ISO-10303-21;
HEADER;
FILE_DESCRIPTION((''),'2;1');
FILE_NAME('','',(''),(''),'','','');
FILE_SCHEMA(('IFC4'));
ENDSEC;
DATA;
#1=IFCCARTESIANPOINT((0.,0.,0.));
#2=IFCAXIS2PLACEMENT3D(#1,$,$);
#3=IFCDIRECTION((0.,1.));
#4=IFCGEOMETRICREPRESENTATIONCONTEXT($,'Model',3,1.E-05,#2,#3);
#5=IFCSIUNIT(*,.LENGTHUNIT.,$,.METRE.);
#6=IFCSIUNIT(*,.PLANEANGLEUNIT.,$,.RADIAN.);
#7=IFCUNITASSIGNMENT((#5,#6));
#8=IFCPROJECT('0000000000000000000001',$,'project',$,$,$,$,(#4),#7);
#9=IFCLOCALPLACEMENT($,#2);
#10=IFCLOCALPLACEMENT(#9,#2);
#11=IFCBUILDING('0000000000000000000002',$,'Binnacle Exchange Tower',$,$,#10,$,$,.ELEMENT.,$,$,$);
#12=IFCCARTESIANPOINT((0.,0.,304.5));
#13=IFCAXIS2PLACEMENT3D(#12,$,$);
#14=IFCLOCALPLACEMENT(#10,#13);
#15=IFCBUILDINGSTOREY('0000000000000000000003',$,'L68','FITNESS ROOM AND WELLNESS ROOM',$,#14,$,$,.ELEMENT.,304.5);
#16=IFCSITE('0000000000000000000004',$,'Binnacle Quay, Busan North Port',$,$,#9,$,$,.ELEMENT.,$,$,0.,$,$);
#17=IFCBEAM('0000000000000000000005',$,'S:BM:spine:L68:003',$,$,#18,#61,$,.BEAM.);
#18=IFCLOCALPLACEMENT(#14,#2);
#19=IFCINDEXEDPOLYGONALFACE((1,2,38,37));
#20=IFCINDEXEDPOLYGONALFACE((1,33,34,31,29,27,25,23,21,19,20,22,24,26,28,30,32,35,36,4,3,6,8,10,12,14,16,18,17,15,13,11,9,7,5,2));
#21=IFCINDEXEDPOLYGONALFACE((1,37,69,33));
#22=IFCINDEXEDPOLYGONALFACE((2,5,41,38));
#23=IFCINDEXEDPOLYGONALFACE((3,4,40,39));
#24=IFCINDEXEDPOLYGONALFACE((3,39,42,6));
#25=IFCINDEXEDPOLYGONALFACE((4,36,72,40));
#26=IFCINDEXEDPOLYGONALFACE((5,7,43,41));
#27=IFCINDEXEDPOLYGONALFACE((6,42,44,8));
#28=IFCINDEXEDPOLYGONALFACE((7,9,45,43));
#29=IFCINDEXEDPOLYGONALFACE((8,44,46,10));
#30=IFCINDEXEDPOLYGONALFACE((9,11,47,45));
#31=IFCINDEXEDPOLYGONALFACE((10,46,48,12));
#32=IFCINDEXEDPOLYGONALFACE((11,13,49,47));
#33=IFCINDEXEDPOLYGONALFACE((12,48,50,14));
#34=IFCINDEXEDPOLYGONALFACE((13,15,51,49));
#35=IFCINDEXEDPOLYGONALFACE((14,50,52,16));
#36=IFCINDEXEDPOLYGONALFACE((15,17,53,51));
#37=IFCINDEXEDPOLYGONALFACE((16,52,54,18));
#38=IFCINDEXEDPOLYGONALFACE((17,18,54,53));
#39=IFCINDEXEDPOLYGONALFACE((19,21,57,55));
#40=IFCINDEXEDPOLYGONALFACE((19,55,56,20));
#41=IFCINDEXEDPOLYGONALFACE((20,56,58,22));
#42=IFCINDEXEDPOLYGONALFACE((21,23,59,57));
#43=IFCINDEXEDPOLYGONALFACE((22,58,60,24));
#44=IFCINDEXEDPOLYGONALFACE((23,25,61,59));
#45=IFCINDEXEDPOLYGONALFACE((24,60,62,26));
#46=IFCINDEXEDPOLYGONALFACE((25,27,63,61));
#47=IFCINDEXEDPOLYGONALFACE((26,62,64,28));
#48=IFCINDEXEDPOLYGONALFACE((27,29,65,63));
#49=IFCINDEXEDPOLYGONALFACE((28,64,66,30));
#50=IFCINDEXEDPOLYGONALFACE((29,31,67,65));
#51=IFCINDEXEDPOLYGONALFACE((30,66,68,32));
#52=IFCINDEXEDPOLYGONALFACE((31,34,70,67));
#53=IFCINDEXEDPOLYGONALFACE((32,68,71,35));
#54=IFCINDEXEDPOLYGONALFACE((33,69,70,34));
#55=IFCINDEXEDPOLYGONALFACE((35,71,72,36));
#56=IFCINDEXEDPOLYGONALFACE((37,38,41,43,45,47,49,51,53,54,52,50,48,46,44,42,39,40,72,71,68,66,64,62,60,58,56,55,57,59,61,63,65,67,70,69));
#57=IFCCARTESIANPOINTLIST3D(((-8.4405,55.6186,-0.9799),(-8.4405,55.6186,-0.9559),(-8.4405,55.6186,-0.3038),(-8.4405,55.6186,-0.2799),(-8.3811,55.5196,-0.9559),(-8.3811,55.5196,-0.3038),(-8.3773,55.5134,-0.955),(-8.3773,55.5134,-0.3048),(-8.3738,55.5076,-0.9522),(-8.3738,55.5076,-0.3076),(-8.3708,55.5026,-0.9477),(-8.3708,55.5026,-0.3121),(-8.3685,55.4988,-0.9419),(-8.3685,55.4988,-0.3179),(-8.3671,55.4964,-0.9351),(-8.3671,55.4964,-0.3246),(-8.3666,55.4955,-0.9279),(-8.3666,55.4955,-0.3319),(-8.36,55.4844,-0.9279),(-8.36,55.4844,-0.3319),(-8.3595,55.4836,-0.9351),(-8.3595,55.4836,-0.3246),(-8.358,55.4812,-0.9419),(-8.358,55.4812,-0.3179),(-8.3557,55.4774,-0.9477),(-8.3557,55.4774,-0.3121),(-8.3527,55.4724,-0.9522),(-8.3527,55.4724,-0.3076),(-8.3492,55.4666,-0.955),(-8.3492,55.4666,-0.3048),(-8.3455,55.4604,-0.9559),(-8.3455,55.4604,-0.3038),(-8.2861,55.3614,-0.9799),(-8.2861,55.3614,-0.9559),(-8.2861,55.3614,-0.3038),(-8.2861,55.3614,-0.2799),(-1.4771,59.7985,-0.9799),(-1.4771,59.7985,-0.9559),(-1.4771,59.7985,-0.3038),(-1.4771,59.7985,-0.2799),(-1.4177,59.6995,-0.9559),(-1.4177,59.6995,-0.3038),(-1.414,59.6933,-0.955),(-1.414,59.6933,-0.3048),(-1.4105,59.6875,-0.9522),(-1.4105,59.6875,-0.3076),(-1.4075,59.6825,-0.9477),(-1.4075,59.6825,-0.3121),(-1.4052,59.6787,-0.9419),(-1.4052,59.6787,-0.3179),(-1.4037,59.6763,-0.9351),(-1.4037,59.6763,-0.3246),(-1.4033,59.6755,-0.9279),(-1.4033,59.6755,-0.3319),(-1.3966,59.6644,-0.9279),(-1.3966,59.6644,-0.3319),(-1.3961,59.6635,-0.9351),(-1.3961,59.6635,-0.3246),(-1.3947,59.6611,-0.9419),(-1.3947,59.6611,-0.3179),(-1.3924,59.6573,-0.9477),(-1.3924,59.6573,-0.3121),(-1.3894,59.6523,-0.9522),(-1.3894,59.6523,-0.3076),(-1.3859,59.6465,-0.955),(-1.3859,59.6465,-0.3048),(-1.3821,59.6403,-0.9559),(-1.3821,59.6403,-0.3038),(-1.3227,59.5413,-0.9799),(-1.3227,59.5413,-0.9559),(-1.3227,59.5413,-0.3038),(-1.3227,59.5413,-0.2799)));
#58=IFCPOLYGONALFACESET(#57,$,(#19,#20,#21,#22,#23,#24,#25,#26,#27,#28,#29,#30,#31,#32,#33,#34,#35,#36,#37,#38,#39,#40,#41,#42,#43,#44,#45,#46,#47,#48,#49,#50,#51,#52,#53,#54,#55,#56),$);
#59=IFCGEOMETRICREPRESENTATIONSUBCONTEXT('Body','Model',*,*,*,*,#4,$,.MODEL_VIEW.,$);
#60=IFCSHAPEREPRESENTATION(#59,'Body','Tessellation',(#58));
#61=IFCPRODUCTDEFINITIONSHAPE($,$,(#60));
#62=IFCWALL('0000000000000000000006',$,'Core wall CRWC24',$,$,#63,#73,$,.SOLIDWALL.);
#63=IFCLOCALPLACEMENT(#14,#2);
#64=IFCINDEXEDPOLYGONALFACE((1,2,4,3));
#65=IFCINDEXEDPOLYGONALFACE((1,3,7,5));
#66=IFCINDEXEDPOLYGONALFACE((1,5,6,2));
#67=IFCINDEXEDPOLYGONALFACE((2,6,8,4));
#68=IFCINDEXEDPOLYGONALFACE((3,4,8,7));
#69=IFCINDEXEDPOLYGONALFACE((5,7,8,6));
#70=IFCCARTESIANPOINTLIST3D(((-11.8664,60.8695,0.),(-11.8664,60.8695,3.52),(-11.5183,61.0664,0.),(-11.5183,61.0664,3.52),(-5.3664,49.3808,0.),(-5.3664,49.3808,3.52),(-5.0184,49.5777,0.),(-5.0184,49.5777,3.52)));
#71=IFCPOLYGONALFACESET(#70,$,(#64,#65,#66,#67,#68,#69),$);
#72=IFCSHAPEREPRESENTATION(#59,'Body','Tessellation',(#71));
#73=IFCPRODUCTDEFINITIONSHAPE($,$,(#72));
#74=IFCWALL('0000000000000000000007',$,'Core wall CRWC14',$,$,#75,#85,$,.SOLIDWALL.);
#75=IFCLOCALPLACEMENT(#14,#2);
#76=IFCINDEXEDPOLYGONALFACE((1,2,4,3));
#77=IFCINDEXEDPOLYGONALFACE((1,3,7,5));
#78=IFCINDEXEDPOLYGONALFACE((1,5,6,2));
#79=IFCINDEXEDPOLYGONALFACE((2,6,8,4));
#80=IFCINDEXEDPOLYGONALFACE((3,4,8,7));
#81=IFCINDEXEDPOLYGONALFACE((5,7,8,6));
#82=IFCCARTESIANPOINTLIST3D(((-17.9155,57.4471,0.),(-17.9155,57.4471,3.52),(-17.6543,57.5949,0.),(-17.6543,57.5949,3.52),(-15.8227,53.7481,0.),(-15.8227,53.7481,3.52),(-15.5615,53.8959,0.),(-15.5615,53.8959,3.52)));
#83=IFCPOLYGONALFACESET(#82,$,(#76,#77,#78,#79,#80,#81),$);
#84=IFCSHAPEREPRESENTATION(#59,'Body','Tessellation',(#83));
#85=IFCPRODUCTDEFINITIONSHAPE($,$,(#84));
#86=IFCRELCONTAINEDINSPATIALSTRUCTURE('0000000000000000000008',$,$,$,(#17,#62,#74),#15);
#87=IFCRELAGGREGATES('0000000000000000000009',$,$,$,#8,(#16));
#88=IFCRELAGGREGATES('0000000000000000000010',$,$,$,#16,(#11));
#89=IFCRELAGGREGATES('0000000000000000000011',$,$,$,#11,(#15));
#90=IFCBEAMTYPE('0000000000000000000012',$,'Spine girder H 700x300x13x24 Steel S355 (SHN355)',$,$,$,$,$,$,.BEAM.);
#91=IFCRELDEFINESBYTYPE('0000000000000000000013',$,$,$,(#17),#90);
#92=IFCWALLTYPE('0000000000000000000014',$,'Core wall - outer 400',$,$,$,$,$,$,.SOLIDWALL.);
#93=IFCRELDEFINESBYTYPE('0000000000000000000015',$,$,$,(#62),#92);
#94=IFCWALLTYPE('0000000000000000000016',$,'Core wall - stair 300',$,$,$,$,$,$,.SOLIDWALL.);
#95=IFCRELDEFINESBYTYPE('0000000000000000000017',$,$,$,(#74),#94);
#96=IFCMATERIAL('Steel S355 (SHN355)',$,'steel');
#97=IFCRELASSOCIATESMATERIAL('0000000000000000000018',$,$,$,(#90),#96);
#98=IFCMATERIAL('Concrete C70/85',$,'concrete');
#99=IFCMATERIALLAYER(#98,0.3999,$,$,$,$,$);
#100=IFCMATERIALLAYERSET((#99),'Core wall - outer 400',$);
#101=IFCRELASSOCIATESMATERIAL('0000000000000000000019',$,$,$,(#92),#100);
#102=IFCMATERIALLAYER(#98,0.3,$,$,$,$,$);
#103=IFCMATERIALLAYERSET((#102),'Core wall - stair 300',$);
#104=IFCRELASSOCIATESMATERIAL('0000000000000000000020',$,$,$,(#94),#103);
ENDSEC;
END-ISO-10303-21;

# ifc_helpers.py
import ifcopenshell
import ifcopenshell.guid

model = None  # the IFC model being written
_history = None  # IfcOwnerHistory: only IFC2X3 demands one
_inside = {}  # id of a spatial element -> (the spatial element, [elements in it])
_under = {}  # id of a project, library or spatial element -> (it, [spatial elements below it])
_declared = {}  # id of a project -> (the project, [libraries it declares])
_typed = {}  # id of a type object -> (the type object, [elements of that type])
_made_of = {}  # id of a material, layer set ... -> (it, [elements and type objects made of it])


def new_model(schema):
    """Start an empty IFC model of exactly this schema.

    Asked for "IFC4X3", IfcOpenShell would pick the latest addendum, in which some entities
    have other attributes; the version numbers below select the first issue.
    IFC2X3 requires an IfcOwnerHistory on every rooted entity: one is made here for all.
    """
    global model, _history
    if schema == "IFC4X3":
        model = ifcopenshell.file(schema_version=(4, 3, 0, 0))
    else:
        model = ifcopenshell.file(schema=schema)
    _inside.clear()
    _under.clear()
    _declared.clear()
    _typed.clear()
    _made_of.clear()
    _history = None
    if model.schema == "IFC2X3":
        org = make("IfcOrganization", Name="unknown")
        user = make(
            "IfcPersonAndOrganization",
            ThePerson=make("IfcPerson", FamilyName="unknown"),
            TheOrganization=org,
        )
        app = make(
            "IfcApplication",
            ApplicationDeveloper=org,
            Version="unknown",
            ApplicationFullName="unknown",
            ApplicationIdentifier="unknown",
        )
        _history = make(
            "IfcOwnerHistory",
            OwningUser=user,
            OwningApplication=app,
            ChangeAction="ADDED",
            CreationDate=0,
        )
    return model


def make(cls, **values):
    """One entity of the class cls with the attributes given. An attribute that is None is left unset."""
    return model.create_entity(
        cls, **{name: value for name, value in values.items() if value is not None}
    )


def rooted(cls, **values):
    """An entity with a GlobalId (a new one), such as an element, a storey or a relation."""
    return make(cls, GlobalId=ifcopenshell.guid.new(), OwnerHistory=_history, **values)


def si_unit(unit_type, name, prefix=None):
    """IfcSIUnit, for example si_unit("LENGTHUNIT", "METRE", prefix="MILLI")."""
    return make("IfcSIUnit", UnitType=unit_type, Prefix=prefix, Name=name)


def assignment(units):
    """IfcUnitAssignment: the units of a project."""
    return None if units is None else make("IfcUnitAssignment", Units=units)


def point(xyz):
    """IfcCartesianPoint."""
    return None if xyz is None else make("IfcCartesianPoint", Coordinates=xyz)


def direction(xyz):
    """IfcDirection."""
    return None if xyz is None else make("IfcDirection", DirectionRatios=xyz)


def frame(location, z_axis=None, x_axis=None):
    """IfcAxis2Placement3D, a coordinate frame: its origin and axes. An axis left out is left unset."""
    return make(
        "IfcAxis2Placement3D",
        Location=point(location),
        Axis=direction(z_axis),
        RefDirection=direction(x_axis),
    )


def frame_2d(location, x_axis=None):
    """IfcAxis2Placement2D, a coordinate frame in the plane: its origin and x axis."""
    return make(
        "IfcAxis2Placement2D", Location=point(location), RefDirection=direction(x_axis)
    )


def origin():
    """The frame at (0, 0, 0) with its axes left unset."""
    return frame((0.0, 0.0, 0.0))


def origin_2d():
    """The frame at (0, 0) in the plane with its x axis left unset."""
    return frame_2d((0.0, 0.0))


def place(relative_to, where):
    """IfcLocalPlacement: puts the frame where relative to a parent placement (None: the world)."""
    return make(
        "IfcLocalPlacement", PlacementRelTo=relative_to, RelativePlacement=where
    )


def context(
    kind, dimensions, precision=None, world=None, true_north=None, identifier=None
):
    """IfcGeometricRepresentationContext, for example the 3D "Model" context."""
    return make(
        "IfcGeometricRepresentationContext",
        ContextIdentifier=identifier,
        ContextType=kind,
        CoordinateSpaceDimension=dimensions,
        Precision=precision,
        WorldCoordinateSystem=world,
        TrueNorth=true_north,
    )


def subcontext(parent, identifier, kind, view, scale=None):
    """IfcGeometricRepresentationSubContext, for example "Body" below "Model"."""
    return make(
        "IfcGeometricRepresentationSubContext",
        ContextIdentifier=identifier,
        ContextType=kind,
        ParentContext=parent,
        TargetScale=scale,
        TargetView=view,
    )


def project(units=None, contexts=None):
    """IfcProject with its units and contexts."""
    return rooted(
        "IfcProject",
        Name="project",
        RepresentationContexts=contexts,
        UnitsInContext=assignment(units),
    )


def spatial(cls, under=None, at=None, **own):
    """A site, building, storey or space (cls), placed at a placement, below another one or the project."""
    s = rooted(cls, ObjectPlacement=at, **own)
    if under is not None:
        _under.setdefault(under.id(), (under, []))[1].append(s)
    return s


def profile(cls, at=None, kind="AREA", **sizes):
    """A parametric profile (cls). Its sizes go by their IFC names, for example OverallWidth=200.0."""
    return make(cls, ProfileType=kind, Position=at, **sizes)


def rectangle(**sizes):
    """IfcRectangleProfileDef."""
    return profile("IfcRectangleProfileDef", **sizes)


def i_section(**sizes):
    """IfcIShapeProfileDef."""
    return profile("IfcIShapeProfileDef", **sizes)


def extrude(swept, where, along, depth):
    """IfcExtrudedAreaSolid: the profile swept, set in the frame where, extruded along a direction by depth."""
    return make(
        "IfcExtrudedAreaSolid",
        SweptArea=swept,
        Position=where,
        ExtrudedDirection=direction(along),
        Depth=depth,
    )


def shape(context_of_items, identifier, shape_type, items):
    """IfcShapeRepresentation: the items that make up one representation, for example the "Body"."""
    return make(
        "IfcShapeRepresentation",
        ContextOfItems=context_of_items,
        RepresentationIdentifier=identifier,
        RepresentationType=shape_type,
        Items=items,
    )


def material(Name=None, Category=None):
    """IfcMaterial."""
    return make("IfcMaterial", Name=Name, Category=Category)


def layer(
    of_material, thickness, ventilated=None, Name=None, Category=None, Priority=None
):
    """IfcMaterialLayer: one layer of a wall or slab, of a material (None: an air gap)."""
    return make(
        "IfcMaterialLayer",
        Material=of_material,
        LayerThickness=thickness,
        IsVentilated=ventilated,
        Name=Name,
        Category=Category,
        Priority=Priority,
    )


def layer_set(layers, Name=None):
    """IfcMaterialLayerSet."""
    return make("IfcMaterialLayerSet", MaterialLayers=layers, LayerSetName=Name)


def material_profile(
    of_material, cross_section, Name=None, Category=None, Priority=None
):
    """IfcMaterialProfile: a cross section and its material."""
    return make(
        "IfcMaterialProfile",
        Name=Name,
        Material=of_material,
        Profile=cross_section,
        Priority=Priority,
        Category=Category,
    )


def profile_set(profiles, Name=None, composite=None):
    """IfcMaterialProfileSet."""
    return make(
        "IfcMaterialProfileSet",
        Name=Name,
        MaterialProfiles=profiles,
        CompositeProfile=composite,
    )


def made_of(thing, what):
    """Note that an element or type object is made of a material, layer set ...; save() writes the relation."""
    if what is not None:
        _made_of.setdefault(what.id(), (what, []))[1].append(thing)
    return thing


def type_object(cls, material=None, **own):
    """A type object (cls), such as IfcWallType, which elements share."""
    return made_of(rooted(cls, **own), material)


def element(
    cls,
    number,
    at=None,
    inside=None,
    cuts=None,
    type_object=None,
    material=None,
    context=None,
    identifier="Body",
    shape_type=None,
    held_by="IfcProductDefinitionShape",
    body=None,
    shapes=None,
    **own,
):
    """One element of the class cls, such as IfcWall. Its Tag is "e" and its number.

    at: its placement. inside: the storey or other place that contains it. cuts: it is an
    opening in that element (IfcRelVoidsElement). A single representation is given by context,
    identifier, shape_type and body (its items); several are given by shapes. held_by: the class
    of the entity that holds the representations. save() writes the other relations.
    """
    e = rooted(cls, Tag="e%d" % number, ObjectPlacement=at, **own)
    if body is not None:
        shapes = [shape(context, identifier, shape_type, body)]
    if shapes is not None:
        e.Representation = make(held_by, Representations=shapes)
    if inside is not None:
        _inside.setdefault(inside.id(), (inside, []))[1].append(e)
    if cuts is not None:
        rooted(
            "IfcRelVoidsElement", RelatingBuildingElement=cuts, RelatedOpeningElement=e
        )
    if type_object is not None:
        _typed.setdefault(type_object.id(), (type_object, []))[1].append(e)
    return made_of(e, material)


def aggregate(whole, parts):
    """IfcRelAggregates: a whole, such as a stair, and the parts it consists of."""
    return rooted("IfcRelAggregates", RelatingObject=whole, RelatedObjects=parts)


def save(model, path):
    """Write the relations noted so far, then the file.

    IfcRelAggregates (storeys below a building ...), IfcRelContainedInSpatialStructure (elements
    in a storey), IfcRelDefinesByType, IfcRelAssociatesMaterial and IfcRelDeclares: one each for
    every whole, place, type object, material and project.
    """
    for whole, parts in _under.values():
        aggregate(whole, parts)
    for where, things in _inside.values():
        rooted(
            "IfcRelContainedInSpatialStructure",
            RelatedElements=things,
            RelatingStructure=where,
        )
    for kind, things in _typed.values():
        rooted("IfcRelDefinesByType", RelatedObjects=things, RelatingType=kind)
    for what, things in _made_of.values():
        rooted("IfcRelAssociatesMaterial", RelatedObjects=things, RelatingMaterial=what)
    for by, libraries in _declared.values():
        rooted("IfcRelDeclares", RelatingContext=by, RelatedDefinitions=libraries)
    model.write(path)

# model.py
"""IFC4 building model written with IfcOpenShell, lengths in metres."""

from ifc_helpers import new_model, si_unit, direction, frame, frame_2d, origin, origin_2d, place, context, subcontext, project, spatial, rectangle, i_section, extrude, material, layer, layer_set, material_profile, profile_set, type_object, element, save


model = new_model("IFC4")

# Units and contexts
model_context = context("Model", 3, precision=1e-05, world=origin(), true_north=direction((0.0, 1.0)))
body_context = subcontext(model_context, "Body", "Model", "MODEL_VIEW")
ifc_project = project(units=[si_unit("LENGTHUNIT", "METRE"), si_unit("PLANEANGLEUNIT", "RADIAN")], contexts=[model_context])

# Site, building, storey
site_placement = place(None, origin())
site = spatial("IfcSite", under=ifc_project, at=site_placement, Name="Binnacle Quay, Busan North Port", CompositionType="ELEMENT", RefElevation=0.0)
building_placement = place(site_placement, origin())
building = spatial("IfcBuilding", under=site, at=building_placement, Name="Binnacle Exchange Tower", CompositionType="ELEMENT")
storey_placement = place(building_placement, frame((0.0, 0.0, 304.5)))
storey = spatial("IfcBuildingStorey", under=building, at=storey_placement, Name="L68", Description="FITNESS ROOM AND WELLNESS ROOM", CompositionType="ELEMENT", Elevation=304.5)

# Beam
ifc_material_1 = material(Name="Steel S355 (SHN355)", Category="steel")
ifc_material_profile_1 = material_profile(ifc_material_1, i_section(OverallWidth=0.3, OverallDepth=0.7, WebThickness=0.0129, FlangeThickness=0.0239, FilletRadius=0.0281, at=origin_2d()), Name="H 700x300x13x24")
ifc_profile_set_1 = profile_set([ifc_material_profile_1], Name="Steel S355 (SHN355)")
beam_type_1 = type_object("IfcBeamType", Name="Spine girder H 700x300x13x24 Steel S355 (SHN355)", PredefinedType="BEAM", material=ifc_profile_set_1)
beam_1_placement = place(storey_placement, frame((-8.3633, 55.49, -0.6299), z_axis=(0.857389, 0.514668, 0.0), x_axis=(-0.514668, 0.857389, 0.0)))
element("IfcBeam", 1, at=beam_1_placement, inside=storey, type_object=beam_type_1, Name="S:BM:spine:L68:003", PredefinedType="BEAM", context=body_context, shape_type="SweptSolid", body=[
    extrude(i_section(OverallWidth=0.3, OverallDepth=0.7, WebThickness=0.0129, FlangeThickness=0.0239, FilletRadius=0.0281, at=origin_2d()), origin(), (0.0, 0.0, 1.0), 8.1216),
])

# Walls
ifc_material_2 = material(Name="Concrete C70/85", Category="concrete")
ifc_layer_1 = layer(ifc_material_2, 0.3999)
ifc_layer_set_1 = layer_set([ifc_layer_1], Name="Core wall - outer 400")
wall_type_1 = type_object("IfcWallType", Name="Core wall - outer 400", PredefinedType="SOLIDWALL", material=ifc_layer_set_1)
wall_1_placement = place(storey_placement, frame((-11.6924, 60.968, 0.0), z_axis=(0.0, 0.0, 1.0), x_axis=(0.492422, -0.870357, 0.0)))
element("IfcWall", 2, at=wall_1_placement, inside=storey, type_object=wall_type_1, Name="Core wall CRWC24", PredefinedType="SOLIDWALL", context=body_context, shape_type="SweptSolid", body=[
    extrude(rectangle(XDim=13.2, YDim=0.3999, at=frame_2d((6.6001, 0.0))), origin(), (0.0, 0.0, 1.0), 3.52),
])
ifc_layer_2 = layer(ifc_material_2, 0.3)
ifc_layer_set_2 = layer_set([ifc_layer_2], Name="Core wall - stair 300")
wall_type_2 = type_object("IfcWallType", Name="Core wall - stair 300", PredefinedType="SOLIDWALL", material=ifc_layer_set_2)
wall_2_placement = place(storey_placement, frame((-17.7849, 57.521, 0.0), z_axis=(0.0, 0.0, 1.0), x_axis=(0.492423, -0.870356, 0.0)))
element("IfcWall", 3, at=wall_2_placement, inside=storey, type_object=wall_type_2, Name="Core wall CRWC14", PredefinedType="SOLIDWALL", context=body_context, shape_type="SweptSolid", body=[
    extrude(rectangle(XDim=4.25, YDim=0.3, at=frame_2d((2.125, 0.0))), origin(), (0.0, 0.0, 1.0), 3.52),
])

save(model, "model.ifc")
